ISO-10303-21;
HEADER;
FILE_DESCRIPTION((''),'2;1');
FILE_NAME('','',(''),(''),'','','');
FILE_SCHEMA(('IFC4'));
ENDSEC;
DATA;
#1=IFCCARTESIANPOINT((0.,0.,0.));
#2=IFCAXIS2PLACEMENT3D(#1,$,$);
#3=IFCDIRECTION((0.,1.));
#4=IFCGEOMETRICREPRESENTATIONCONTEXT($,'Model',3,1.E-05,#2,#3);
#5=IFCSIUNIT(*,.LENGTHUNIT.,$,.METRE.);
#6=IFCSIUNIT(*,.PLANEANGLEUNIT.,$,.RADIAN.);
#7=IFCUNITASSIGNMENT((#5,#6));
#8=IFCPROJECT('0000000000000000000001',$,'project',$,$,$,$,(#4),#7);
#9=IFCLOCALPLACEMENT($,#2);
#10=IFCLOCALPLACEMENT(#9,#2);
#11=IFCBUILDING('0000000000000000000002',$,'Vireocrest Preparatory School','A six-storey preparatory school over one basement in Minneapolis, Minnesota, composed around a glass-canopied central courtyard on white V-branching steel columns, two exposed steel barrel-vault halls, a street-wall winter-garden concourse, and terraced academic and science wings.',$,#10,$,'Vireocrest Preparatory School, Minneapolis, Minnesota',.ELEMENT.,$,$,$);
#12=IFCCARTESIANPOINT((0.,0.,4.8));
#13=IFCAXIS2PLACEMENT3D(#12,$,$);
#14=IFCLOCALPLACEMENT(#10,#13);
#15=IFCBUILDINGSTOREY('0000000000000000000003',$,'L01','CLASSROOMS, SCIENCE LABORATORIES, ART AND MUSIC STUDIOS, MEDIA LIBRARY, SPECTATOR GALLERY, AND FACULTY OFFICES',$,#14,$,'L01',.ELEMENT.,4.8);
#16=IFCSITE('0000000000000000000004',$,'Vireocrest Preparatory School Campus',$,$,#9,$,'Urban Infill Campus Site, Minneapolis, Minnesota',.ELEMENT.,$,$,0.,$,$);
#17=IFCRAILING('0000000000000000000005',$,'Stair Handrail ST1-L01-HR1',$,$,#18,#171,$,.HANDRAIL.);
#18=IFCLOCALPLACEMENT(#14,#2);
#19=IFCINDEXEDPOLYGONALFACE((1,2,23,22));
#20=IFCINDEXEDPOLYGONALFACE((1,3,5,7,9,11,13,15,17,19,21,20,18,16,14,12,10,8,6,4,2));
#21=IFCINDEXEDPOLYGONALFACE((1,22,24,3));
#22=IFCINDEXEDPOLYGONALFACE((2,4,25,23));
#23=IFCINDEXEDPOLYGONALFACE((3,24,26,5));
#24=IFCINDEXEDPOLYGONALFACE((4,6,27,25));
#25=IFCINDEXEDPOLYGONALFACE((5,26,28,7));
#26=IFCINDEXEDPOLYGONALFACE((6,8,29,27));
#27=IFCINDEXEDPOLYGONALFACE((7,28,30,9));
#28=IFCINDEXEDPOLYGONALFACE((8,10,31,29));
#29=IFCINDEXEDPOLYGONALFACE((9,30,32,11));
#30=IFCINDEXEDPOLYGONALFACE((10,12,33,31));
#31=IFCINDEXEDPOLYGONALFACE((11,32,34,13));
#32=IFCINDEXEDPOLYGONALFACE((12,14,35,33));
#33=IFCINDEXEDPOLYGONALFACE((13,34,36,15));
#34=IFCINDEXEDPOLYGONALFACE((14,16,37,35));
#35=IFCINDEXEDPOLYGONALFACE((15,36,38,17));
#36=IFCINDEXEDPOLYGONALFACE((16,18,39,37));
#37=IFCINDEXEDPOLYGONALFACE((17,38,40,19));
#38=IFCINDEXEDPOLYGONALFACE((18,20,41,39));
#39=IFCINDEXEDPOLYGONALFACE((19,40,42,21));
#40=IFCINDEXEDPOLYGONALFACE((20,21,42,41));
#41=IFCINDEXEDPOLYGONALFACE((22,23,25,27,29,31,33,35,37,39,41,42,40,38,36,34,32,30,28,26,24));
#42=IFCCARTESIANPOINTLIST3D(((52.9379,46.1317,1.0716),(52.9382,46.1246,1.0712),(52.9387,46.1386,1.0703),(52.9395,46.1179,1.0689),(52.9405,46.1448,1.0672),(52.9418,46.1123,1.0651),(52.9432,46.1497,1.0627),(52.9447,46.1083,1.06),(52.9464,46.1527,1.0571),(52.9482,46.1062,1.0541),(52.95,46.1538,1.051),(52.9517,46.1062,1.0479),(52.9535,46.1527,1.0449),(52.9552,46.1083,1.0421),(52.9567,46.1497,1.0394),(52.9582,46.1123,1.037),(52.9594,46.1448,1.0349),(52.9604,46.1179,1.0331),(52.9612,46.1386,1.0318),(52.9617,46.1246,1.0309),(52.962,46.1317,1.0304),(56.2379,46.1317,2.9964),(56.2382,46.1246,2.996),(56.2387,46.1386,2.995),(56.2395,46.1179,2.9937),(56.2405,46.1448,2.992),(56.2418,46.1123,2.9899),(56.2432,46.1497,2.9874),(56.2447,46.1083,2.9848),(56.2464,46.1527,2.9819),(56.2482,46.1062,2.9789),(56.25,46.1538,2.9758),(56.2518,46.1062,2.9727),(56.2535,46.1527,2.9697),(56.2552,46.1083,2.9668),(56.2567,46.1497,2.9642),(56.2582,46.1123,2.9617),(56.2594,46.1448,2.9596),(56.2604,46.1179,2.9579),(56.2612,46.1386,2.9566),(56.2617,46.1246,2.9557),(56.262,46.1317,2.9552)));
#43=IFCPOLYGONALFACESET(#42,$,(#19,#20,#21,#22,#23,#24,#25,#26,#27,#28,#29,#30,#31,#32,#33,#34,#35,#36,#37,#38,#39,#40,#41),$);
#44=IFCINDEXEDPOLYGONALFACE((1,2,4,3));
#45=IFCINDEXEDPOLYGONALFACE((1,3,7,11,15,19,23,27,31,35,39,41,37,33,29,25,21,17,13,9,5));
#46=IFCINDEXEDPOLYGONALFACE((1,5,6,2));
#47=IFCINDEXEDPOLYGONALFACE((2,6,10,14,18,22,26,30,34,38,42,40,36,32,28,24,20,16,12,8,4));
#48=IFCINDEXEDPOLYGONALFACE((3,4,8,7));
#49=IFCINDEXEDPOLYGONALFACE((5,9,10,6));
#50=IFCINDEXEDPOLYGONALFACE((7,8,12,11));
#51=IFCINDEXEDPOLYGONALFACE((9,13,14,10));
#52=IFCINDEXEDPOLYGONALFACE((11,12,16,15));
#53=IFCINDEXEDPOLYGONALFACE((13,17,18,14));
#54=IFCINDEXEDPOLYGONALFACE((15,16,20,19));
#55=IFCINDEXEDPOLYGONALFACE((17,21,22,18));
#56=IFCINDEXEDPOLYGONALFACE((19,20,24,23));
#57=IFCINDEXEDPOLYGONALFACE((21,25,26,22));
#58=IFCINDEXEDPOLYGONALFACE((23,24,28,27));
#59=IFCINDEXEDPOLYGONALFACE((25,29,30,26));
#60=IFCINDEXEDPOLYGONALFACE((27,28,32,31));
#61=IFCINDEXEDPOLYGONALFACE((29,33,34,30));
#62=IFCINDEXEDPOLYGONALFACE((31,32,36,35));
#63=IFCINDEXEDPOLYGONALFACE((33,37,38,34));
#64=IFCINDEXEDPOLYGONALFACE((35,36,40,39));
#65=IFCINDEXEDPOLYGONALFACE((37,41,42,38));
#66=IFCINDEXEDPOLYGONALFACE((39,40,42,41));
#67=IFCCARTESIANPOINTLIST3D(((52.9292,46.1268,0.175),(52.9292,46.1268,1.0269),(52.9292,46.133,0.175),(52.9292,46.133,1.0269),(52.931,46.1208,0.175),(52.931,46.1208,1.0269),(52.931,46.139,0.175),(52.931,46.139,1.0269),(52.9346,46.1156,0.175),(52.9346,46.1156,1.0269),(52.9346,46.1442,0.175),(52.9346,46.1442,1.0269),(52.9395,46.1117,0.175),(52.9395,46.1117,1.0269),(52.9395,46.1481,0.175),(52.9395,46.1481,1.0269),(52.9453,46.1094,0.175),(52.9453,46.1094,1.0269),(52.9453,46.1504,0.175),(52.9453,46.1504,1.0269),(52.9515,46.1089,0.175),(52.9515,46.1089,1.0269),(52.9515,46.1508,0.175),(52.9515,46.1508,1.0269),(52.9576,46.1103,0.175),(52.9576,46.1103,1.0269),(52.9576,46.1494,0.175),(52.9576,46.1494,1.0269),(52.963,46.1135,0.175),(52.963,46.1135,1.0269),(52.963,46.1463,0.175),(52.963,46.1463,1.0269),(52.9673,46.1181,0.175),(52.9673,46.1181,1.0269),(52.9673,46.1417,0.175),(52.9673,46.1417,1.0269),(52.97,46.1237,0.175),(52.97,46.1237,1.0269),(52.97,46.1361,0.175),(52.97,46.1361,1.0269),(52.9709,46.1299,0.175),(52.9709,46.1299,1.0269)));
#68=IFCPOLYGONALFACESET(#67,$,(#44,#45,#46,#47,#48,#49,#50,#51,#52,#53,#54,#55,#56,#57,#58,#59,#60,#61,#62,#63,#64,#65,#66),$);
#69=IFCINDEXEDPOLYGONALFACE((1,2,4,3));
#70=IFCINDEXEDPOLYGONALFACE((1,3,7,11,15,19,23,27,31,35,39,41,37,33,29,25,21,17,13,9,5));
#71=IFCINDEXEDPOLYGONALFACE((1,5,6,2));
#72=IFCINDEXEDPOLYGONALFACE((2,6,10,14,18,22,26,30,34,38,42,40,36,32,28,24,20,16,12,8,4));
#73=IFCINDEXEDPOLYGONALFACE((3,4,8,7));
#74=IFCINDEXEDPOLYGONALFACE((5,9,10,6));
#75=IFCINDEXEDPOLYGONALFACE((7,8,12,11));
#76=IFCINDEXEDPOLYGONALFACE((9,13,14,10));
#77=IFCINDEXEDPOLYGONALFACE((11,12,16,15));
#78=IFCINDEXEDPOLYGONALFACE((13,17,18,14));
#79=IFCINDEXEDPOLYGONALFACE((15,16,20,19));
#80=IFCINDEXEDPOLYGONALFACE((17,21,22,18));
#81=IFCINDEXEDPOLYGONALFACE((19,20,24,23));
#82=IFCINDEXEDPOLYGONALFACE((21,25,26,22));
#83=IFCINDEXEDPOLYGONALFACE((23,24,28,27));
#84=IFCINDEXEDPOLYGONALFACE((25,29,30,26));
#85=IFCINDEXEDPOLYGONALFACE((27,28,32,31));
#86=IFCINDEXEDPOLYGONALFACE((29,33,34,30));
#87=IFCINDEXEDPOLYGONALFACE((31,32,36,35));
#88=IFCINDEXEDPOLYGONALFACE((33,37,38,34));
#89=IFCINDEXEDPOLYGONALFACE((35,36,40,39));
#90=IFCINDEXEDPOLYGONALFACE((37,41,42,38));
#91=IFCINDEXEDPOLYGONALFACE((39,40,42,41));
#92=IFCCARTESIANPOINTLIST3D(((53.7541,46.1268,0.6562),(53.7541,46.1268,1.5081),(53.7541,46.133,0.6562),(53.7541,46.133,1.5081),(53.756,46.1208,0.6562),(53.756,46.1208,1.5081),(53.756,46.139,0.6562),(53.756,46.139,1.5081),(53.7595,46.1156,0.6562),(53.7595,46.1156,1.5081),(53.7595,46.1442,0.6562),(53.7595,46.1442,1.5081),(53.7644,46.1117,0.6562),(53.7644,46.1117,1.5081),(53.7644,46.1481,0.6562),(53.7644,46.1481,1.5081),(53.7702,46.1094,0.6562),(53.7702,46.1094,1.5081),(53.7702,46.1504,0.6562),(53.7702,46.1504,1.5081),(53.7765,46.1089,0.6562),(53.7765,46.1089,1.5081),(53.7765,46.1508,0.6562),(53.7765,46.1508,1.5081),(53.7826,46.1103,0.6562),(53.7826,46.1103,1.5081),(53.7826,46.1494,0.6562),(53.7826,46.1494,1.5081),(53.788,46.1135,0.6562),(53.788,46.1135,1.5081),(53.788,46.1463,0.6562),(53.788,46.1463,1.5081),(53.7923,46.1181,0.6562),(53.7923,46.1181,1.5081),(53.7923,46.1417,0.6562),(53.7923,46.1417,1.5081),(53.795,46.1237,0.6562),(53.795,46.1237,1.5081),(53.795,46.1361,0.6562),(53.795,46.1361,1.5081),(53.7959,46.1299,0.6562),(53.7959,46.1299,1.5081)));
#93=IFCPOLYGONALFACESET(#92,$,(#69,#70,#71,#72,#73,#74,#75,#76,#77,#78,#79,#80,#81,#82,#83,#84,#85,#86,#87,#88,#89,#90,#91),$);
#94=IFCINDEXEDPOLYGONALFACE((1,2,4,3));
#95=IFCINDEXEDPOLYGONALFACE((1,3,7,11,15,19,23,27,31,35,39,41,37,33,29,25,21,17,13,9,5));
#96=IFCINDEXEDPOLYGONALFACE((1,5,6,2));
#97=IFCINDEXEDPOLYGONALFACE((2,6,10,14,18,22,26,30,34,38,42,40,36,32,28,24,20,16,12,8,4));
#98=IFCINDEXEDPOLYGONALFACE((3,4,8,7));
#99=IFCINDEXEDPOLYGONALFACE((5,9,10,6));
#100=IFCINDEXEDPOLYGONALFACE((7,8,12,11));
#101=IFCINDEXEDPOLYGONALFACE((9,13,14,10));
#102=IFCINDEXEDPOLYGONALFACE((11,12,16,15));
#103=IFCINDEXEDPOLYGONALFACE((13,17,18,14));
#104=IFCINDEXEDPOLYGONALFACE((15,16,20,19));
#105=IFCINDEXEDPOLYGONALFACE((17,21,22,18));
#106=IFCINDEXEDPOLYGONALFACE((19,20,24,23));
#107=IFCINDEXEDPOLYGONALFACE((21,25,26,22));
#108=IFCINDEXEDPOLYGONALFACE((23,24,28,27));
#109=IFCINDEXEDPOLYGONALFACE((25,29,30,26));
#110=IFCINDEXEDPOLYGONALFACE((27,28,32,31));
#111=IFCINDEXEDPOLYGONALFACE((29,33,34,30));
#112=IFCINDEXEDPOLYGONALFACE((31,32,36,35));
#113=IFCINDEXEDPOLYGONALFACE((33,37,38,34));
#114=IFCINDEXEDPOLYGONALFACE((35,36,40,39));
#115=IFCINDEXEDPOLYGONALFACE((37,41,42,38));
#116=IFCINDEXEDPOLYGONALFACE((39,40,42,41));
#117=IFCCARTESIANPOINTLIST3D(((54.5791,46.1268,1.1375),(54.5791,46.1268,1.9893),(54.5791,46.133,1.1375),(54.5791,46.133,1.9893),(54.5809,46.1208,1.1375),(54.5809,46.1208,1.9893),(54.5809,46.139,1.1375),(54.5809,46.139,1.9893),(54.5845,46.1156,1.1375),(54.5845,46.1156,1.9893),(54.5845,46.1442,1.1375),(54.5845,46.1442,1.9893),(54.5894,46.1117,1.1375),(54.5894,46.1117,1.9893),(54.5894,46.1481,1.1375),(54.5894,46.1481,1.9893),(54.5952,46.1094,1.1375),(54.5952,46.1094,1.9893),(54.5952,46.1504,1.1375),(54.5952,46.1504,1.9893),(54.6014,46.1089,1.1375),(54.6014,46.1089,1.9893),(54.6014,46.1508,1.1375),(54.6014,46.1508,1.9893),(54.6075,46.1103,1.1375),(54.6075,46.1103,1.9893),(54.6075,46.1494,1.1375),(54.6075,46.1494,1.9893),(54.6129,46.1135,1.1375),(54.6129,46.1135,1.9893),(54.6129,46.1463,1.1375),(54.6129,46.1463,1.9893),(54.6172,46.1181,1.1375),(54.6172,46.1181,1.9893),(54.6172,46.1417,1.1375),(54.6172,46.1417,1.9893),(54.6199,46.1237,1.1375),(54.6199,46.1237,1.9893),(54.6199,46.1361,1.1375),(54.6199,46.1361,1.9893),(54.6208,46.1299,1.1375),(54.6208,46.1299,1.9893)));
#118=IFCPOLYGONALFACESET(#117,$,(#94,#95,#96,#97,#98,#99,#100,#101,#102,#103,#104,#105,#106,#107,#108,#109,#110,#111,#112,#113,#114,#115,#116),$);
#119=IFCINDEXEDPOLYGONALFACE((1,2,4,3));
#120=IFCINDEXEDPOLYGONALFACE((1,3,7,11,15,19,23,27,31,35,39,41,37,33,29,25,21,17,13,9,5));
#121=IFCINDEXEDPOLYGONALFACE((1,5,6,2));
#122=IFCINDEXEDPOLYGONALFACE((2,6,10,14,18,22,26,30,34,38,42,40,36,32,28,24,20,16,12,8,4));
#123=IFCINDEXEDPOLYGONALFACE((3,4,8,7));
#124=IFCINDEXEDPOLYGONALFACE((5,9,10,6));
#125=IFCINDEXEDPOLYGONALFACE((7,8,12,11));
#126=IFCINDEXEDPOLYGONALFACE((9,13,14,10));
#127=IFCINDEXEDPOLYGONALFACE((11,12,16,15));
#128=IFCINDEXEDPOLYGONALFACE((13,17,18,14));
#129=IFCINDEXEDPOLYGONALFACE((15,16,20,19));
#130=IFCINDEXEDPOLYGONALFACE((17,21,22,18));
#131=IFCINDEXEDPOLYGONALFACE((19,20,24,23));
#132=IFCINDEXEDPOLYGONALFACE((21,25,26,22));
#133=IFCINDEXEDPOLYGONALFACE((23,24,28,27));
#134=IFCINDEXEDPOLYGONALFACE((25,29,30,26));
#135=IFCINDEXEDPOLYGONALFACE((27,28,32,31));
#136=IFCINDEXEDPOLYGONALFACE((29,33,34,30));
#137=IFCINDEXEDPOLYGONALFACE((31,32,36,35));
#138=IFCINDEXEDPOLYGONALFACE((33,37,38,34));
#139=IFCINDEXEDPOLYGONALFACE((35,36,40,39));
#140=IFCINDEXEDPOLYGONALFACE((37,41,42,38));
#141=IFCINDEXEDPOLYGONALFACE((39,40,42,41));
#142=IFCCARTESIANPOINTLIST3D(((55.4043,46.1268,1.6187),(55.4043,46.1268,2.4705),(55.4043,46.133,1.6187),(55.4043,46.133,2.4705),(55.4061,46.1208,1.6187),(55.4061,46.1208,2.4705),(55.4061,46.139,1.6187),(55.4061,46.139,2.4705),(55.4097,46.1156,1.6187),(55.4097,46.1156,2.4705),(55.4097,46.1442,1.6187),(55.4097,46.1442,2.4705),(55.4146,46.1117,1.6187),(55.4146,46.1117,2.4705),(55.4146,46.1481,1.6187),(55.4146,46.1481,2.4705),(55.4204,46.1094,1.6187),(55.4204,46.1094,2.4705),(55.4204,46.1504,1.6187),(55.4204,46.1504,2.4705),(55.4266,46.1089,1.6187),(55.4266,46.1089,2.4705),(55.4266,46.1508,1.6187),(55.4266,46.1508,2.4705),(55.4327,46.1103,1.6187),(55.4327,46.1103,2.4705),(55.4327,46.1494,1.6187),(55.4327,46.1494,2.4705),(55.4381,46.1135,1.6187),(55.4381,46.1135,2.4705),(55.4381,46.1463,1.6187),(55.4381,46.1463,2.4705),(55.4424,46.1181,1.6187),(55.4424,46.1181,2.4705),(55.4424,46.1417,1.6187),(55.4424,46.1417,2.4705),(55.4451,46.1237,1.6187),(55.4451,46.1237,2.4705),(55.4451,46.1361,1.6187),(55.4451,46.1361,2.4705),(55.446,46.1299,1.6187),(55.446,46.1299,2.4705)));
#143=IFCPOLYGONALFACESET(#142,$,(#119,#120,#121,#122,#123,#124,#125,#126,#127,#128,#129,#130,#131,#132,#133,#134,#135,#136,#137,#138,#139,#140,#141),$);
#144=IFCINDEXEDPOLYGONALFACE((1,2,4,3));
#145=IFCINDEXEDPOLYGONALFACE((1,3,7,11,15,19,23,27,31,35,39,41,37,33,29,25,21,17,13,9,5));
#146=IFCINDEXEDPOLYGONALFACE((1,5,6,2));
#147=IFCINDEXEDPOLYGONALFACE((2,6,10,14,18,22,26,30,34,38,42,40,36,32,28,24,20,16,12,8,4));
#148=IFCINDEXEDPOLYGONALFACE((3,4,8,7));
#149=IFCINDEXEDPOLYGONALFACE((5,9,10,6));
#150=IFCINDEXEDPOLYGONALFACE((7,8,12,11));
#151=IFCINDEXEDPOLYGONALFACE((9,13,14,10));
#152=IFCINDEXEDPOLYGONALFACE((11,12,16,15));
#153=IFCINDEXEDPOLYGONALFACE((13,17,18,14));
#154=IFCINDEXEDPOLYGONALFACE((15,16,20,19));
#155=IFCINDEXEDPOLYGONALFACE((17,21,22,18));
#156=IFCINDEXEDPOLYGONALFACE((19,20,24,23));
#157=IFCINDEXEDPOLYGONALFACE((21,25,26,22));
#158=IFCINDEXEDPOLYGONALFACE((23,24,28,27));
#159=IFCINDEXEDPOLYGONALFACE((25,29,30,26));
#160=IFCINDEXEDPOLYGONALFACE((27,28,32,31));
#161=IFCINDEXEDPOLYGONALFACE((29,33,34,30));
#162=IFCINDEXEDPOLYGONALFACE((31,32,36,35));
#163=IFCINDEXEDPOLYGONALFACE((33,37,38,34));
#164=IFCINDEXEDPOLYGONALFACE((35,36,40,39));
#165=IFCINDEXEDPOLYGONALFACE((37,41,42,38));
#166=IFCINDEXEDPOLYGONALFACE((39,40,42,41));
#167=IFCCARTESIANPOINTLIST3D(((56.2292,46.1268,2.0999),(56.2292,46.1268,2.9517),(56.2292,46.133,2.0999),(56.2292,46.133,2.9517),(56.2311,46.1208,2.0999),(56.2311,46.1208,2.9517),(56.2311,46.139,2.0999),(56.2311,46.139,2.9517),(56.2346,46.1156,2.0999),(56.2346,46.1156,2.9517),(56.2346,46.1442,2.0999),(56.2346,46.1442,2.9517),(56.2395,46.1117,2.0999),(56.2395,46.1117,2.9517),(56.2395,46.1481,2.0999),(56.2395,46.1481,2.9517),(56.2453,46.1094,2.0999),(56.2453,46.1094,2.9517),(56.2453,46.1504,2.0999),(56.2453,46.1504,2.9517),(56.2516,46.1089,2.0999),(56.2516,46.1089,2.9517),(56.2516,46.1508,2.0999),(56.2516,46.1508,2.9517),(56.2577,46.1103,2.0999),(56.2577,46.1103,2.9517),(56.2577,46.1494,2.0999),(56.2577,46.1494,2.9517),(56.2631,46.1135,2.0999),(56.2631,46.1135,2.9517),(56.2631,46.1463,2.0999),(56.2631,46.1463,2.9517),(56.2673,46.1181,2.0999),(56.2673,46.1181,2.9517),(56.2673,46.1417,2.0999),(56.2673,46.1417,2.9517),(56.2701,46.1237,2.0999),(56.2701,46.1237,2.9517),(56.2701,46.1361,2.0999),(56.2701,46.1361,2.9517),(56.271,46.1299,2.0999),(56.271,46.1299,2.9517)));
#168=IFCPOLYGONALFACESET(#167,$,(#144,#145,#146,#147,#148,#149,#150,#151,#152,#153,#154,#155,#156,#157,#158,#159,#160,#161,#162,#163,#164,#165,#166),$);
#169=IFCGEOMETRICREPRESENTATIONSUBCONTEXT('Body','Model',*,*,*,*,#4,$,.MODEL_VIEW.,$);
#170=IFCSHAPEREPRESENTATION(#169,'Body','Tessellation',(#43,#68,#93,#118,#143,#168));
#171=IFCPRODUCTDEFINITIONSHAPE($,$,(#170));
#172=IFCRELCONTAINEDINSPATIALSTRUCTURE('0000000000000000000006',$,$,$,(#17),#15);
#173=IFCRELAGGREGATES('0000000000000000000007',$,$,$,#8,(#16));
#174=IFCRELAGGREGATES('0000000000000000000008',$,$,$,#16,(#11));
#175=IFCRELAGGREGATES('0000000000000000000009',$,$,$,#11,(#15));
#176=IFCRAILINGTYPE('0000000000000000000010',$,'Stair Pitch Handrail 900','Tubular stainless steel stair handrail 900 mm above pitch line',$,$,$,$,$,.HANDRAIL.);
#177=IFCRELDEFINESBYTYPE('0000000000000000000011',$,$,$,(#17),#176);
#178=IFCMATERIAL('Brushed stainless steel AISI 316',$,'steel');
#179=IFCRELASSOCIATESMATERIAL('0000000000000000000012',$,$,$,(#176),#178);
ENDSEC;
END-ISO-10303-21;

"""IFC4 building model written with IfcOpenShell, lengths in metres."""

from ifc_helpers import new_model, si_unit, direction, frame, origin, origin_2d, place, context, subcontext, project, spatial, circle, extrude, material, type_object, element, save


model = new_model("IFC4")

# Units and contexts
model_context = context("Model", 3, precision=1e-05, world=origin(), true_north=direction((0.0, 1.0)))
body_context = subcontext(model_context, "Body", "Model", "MODEL_VIEW")
ifc_project = project(units=[si_unit("LENGTHUNIT", "METRE"), si_unit("PLANEANGLEUNIT", "RADIAN")], contexts=[model_context])

# Site, building, storey
site_placement = place(None, origin())
site = spatial("IfcSite", under=ifc_project, at=site_placement, Name="Vireocrest Preparatory School Campus", LongName="Urban Infill Campus Site, Minneapolis, Minnesota", CompositionType="ELEMENT", RefElevation=0.0)
building_placement = place(site_placement, origin())
building = spatial("IfcBuilding", under=site, at=building_placement, Name="Vireocrest Preparatory School", Description="A six-storey preparatory school over one basement in Minneapolis, Minnesota, composed around a glass-canopied central courtyard on white V-branching steel columns, two exposed steel barrel-vault halls, a street-wall winter-garden concourse, and terraced academic and science wings.", LongName="Vireocrest Preparatory School, Minneapolis, Minnesota", CompositionType="ELEMENT")
storey_placement = place(building_placement, frame((0.0, 0.0, 4.8)))
storey = spatial("IfcBuildingStorey", under=building, at=storey_placement, Name="L01", Description="CLASSROOMS, SCIENCE LABORATORIES, ART AND MUSIC STUDIOS, MEDIA LIBRARY, SPECTATOR GALLERY, AND FACULTY OFFICES", LongName="L01", CompositionType="ELEMENT", Elevation=4.8)

# Railing
ifc_material_1 = material(Name="Brushed stainless steel AISI 316", Category="steel")
railing_type_1 = type_object("IfcRailingType", Name="Stair Pitch Handrail 900", Description="Tubular stainless steel stair handrail 900 mm above pitch line", PredefinedType="HANDRAIL", material=ifc_material_1)
railing_1_placement = place(storey_placement, frame((52.95, 46.1299, 0.175)))
element("IfcRailing", 1, at=railing_1_placement, inside=storey, type_object=railing_type_1, Name="Stair Handrail ST1-L01-HR1", PredefinedType="HANDRAIL", context=body_context, shape_type="SweptSolid", body=[
    extrude(circle(Radius=0.0239, at=origin_2d()), frame((0.0, 0.0, 0.876), z_axis=(0.863804, 0.0, 0.503827), x_axis=(0.0, 1.0, 0.0)), (0.0, 0.0, 1.0), 3.8203),
    extrude(circle(Radius=0.021, at=origin_2d()), origin(), (0.0, 0.0, 1.0), 0.8518),
    extrude(circle(Radius=0.021, at=origin_2d()), frame((0.825, 0.0, 0.4812)), (0.0, 0.0, 1.0), 0.8518),
    extrude(circle(Radius=0.021, at=origin_2d()), frame((1.6499, 0.0, 0.9624)), (0.0, 0.0, 1.0), 0.8518),
    extrude(circle(Radius=0.021, at=origin_2d()), frame((2.4751, 0.0, 1.4436)), (0.0, 0.0, 1.0), 0.8518),
    extrude(circle(Radius=0.021, at=origin_2d()), frame((3.3, 0.0, 1.9248)), (0.0, 0.0, 1.0), 0.8518),
])

save(model, "model.ifc")
